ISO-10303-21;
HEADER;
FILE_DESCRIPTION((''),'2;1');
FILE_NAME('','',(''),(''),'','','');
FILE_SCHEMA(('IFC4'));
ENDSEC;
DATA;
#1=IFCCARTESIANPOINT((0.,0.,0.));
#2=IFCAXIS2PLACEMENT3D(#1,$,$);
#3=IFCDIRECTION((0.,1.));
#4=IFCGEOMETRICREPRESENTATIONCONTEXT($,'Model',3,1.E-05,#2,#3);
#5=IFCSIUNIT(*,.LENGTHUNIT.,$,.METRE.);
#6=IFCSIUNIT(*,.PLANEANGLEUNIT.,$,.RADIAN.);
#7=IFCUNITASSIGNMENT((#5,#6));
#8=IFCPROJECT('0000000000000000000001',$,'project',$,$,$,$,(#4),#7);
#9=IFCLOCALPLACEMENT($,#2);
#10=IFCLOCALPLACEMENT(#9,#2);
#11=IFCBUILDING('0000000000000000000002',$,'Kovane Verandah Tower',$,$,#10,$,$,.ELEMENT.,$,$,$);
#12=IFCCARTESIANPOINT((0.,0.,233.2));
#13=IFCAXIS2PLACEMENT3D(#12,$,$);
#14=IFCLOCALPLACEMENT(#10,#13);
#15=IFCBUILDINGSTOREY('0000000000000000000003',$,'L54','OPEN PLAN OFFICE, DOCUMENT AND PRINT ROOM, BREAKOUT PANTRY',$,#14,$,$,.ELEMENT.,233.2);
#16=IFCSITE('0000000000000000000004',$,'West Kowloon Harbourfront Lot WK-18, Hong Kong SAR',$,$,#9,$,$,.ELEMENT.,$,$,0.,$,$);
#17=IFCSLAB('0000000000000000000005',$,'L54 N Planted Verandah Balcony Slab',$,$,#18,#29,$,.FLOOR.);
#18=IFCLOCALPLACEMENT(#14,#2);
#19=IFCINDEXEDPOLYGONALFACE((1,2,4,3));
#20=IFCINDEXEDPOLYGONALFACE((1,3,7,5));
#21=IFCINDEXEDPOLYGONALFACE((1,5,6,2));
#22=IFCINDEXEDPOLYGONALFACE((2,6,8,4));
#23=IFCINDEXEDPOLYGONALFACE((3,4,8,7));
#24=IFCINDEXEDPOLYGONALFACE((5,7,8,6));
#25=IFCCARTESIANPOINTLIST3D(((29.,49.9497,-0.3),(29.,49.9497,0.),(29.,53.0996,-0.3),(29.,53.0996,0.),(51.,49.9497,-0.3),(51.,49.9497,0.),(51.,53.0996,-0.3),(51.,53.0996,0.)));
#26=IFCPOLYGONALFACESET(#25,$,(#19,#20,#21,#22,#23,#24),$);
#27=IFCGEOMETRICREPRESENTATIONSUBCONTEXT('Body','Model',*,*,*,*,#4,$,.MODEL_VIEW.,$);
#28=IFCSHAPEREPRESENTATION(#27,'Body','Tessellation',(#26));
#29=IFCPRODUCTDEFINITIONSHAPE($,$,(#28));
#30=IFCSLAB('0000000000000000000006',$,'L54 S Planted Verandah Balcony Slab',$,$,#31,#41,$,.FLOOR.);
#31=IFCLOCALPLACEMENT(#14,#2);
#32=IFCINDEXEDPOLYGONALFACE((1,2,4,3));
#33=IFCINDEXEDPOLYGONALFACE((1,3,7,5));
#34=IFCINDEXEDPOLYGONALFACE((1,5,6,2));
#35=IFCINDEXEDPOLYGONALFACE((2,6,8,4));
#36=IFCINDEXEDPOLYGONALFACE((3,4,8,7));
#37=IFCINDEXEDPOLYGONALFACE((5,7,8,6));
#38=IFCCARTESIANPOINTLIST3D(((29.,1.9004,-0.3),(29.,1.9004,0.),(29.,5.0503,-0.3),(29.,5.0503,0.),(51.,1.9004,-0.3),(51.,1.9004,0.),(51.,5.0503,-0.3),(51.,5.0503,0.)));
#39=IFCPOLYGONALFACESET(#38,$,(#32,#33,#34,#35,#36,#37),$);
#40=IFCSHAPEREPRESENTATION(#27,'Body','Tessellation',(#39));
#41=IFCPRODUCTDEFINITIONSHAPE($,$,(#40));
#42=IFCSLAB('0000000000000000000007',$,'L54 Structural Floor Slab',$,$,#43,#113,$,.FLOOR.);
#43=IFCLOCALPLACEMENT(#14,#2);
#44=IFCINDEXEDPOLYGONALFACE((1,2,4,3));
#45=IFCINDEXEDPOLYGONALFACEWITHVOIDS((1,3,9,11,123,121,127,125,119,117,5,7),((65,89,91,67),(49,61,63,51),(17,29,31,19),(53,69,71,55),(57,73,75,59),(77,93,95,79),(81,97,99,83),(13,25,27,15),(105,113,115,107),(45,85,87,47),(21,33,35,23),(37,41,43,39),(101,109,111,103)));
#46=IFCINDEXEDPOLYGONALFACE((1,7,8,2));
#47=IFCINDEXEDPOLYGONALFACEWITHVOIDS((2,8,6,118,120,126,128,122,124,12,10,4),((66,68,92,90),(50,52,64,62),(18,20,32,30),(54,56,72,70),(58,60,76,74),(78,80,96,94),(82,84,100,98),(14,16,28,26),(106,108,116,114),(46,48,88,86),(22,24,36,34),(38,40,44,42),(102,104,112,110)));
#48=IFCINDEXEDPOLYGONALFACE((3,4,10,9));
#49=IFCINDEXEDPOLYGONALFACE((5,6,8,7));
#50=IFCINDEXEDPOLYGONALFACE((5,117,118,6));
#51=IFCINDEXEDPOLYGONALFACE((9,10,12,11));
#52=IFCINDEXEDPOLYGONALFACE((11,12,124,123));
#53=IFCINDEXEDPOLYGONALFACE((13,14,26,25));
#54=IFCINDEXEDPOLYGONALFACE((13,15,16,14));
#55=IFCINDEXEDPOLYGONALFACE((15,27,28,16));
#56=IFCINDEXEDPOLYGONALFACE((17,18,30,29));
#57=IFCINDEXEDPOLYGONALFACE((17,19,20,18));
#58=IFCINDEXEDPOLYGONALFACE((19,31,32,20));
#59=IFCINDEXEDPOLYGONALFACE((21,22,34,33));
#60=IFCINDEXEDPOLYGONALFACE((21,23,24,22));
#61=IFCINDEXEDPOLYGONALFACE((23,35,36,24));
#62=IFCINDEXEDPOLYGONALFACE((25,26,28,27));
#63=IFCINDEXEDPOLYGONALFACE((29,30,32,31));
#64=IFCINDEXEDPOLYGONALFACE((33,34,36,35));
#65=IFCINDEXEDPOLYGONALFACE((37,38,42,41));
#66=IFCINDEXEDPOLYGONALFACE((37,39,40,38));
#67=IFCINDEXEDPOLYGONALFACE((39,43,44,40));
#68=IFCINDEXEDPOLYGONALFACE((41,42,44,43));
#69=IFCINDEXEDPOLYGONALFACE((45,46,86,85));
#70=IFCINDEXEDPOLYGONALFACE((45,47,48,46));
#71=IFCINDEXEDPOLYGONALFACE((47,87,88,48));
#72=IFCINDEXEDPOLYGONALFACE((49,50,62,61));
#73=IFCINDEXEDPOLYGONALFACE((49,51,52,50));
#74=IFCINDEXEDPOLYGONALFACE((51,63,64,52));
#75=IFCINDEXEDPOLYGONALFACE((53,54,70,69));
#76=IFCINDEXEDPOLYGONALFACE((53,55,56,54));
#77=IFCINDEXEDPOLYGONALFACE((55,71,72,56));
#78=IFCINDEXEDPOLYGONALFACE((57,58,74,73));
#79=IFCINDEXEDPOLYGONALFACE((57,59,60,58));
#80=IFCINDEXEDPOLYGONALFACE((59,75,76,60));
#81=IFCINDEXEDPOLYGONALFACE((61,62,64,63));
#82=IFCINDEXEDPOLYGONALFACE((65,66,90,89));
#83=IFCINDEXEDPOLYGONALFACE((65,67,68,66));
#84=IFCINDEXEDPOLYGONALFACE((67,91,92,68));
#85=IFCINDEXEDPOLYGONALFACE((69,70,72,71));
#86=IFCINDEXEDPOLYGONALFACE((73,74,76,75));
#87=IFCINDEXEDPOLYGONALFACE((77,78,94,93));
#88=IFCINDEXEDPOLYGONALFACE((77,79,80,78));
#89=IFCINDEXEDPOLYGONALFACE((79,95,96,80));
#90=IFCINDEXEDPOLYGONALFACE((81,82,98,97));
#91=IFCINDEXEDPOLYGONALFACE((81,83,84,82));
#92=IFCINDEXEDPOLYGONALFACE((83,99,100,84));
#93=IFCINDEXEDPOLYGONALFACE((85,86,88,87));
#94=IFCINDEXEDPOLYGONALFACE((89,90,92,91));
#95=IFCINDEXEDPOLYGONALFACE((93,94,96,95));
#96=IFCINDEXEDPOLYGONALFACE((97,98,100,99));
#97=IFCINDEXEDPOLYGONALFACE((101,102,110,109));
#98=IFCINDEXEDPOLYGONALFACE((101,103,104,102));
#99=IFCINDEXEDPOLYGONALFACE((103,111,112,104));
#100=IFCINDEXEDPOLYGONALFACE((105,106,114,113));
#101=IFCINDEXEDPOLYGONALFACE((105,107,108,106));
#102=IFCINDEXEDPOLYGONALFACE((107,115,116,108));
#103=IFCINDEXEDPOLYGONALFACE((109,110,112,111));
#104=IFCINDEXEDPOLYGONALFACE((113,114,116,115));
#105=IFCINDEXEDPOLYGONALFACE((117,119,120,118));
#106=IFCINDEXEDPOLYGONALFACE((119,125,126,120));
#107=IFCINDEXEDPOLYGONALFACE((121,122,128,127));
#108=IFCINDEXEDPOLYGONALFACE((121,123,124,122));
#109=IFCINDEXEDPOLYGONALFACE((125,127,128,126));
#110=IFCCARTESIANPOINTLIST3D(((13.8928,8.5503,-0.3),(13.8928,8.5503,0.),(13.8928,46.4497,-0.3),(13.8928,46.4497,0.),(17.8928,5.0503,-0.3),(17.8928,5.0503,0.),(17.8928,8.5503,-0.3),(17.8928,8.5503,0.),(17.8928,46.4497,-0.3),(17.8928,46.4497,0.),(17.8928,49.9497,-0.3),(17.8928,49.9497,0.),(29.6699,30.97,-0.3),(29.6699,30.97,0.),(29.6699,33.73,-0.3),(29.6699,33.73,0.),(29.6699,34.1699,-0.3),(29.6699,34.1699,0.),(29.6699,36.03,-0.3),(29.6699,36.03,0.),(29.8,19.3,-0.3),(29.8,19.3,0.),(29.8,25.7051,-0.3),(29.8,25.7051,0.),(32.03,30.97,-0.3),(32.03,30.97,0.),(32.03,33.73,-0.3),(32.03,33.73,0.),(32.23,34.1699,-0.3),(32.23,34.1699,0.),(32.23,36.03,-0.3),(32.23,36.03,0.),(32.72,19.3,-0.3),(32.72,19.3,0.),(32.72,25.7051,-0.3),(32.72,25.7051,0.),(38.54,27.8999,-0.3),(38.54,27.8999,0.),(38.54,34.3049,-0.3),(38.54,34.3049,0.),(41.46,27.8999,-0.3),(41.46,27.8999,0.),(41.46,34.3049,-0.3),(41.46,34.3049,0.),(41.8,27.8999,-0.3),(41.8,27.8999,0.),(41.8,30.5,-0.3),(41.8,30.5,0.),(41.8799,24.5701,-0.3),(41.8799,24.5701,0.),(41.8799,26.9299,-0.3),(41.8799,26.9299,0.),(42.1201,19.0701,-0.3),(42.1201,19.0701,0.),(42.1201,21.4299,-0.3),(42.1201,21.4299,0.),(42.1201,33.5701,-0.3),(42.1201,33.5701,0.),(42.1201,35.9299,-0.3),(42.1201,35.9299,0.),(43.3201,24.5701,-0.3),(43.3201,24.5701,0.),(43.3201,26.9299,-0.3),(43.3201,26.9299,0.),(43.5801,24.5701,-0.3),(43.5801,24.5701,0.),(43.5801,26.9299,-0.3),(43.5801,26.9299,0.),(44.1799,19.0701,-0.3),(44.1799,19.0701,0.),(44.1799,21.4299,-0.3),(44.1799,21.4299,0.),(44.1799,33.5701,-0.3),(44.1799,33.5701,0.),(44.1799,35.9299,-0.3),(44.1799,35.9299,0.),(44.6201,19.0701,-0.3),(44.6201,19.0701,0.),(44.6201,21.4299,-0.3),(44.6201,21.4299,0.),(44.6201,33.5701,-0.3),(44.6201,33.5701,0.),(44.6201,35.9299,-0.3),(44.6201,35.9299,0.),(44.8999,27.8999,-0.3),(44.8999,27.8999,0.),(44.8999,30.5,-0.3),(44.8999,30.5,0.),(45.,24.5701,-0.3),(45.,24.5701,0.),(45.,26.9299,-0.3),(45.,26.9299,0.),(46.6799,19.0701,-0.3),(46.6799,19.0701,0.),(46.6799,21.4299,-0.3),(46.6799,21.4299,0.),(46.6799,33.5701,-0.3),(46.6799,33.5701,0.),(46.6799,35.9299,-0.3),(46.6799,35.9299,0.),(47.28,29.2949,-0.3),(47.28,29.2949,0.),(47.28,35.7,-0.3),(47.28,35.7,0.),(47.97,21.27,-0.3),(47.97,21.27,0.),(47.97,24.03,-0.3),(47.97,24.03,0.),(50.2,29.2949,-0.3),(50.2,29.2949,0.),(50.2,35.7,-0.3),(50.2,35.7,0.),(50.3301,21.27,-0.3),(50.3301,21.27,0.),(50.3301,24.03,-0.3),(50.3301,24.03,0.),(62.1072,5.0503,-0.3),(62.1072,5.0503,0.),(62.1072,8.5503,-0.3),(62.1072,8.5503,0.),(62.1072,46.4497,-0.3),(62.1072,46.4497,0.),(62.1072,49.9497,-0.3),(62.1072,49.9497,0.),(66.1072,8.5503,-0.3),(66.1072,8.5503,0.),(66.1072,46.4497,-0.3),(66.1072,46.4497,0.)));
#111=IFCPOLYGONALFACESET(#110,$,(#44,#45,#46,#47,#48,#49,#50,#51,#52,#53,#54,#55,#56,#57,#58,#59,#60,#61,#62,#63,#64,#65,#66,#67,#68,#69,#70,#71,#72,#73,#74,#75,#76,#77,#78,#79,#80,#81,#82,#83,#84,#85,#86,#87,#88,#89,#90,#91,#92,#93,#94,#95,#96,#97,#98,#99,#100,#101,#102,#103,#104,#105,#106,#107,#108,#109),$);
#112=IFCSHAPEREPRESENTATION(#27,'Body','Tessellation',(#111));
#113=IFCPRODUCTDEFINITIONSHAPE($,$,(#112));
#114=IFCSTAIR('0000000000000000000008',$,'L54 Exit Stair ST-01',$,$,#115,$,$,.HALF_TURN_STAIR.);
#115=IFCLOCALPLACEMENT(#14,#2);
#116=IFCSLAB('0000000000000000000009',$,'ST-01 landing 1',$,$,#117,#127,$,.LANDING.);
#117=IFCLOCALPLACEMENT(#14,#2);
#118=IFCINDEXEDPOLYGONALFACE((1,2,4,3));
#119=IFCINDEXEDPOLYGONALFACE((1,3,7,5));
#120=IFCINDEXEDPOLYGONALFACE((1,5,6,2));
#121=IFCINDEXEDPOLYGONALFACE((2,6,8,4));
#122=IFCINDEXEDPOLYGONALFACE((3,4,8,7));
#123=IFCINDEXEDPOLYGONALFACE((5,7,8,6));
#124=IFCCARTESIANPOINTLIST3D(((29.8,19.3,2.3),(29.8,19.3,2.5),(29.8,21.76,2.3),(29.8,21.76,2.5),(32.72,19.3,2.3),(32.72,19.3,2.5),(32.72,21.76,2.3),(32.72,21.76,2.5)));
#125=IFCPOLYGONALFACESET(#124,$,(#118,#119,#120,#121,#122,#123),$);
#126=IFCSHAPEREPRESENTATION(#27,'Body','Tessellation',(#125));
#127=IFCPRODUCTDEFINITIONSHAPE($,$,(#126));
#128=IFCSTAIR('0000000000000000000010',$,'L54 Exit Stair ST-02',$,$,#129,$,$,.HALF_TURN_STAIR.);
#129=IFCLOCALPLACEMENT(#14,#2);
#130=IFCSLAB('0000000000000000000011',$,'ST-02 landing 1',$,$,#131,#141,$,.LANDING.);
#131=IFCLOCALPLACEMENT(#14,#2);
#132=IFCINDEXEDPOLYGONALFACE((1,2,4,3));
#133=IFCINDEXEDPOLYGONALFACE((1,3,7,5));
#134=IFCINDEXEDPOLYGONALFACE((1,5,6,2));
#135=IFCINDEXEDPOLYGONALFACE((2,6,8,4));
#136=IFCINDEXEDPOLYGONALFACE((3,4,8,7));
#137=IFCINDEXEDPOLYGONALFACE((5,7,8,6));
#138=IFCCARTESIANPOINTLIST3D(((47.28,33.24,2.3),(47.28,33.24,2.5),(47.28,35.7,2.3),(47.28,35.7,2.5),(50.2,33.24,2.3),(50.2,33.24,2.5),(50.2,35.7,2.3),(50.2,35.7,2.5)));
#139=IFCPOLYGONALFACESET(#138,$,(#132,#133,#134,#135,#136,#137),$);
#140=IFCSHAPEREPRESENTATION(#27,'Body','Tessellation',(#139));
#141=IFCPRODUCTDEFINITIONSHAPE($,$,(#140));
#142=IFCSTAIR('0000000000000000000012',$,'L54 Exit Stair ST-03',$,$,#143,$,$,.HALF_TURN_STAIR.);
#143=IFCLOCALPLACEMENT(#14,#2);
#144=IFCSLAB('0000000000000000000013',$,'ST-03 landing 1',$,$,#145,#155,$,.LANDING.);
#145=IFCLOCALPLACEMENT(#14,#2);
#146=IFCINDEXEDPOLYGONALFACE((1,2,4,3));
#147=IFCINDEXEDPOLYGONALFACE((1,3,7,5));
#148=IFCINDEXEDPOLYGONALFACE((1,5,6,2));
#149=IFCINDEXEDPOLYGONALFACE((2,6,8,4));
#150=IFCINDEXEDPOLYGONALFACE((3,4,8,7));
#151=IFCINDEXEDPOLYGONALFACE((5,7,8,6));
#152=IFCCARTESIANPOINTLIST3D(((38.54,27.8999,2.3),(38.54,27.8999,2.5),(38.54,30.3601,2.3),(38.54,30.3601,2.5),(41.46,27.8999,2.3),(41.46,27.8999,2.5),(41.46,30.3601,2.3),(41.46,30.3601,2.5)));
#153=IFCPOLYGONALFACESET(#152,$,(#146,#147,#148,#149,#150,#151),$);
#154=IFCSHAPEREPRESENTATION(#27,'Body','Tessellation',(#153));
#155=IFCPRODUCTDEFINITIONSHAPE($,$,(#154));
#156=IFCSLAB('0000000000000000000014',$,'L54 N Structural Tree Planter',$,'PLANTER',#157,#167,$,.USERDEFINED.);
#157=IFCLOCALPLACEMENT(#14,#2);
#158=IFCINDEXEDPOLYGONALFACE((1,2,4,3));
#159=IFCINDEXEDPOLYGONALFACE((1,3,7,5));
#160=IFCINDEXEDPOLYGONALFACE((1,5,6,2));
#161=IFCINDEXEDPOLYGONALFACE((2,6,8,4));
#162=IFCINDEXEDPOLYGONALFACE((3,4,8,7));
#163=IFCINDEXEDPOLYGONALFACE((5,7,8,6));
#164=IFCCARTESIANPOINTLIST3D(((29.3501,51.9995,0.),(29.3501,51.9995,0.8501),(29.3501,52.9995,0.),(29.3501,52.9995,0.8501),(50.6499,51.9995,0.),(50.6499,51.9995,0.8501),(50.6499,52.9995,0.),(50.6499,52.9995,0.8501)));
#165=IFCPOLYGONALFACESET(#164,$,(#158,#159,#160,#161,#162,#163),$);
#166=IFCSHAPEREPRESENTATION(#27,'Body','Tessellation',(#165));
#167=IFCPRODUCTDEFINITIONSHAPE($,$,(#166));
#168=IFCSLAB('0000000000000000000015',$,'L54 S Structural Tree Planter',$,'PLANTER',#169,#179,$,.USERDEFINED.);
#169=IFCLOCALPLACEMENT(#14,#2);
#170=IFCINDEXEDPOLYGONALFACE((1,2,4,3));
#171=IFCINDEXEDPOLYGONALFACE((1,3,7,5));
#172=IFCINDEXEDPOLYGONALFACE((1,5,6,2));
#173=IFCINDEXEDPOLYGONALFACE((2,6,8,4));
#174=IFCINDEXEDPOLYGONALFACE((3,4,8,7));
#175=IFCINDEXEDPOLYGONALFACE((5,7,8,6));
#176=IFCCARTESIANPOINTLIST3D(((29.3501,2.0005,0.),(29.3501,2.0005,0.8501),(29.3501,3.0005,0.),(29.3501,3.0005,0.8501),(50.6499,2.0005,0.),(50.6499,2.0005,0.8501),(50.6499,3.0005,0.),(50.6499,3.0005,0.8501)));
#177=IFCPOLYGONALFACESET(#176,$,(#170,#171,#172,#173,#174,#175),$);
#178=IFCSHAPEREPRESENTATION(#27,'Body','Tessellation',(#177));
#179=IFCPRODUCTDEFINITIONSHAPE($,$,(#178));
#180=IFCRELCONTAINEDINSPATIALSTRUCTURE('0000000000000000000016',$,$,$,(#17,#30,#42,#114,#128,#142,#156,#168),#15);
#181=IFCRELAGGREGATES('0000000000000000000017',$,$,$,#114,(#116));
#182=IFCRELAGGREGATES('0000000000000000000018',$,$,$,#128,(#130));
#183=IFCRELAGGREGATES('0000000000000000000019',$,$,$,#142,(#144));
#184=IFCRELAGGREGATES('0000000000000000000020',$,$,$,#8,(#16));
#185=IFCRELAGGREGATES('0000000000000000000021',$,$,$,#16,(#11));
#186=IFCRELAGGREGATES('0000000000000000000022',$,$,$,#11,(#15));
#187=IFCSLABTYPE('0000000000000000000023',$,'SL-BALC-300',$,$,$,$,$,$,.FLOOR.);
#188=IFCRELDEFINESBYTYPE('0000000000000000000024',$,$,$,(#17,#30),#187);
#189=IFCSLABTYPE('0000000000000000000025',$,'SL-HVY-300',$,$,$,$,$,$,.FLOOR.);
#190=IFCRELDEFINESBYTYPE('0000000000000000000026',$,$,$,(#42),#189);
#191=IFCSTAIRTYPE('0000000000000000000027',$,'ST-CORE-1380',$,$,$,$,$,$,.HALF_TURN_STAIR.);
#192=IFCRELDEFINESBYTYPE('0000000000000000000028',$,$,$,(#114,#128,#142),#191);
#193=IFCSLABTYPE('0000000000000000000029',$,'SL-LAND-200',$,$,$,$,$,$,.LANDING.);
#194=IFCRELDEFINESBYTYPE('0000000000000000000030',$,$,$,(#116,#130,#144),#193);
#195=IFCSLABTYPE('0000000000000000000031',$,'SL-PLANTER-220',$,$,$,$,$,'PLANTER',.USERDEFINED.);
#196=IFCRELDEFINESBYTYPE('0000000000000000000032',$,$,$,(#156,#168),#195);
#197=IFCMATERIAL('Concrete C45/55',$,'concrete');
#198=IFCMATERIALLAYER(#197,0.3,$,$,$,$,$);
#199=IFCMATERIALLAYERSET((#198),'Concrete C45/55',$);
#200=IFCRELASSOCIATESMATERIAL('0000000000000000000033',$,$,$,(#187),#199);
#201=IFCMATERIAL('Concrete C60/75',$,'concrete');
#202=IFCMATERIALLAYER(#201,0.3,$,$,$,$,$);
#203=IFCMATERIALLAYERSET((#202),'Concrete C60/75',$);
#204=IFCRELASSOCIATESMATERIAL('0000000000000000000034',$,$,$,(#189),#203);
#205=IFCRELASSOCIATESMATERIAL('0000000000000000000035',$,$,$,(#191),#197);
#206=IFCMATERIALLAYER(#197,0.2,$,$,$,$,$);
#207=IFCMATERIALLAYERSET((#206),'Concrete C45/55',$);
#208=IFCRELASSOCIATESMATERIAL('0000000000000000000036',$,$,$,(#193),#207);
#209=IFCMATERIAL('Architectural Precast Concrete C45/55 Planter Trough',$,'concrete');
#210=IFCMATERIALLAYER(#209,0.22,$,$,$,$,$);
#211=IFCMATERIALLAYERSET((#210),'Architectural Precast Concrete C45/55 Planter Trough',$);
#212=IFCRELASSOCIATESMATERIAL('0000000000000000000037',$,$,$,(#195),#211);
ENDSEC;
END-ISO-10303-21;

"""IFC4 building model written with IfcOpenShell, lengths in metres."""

from ifc_helpers import new_model, si_unit, direction, frame, origin, place, context, subcontext, project, spatial, polyline, outline, extrude, material, layer, layer_set, type_object, element, aggregate, save


model = new_model("IFC4")

# Units and contexts
model_context = context("Model", 3, precision=1e-05, world=origin(), true_north=direction((0.0, 1.0)))
body_context = subcontext(model_context, "Body", "Model", "MODEL_VIEW")
ifc_project = project(units=[si_unit("LENGTHUNIT", "METRE"), si_unit("PLANEANGLEUNIT", "RADIAN")], contexts=[model_context])

# Site, building, storey
site_placement = place(None, origin())
site = spatial("IfcSite", under=ifc_project, at=site_placement, Name="West Kowloon Harbourfront Lot WK-18, Hong Kong SAR", CompositionType="ELEMENT", RefElevation=0.0)
building_placement = place(site_placement, origin())
building = spatial("IfcBuilding", under=site, at=building_placement, Name="Kovane Verandah Tower", CompositionType="ELEMENT")
storey_placement = place(building_placement, frame((0.0, 0.0, 233.2)))
storey = spatial("IfcBuildingStorey", under=building, at=storey_placement, Name="L54", Description="OPEN PLAN OFFICE, DOCUMENT AND PRINT ROOM, BREAKOUT PANTRY", CompositionType="ELEMENT", Elevation=233.2)

# Slabs
ifc_material_1 = material(Name="Concrete C45/55", Category="concrete")
ifc_layer_1 = layer(ifc_material_1, 0.3)
ifc_layer_set_1 = layer_set([ifc_layer_1], Name="Concrete C45/55")
slab_type_1 = type_object("IfcSlabType", Name="SL-BALC-300", PredefinedType="FLOOR", material=ifc_layer_set_1)
slab_1_placement = place(storey_placement, frame((0.0, 0.0, -0.3)))
element("IfcSlab", 1, at=slab_1_placement, inside=storey, type_object=slab_type_1, Name="L54 N Planted Verandah Balcony Slab", PredefinedType="FLOOR", context=body_context, shape_type="SweptSolid", body=[
    extrude(outline(polyline([(29.0, 49.9497), (51.0, 49.9497), (51.0, 53.0996), (29.0, 53.0996), (29.0, 49.9497)])), origin(), (0.0, 0.0, 1.0), 0.3),
])
slab_2_placement = place(storey_placement, frame((0.0, 0.0, -0.3)))
element("IfcSlab", 2, at=slab_2_placement, inside=storey, type_object=slab_type_1, Name="L54 S Planted Verandah Balcony Slab", PredefinedType="FLOOR", context=body_context, shape_type="SweptSolid", body=[
    extrude(outline(polyline([(29.0, 1.9004), (51.0, 1.9004), (51.0, 5.0503), (29.0, 5.0503), (29.0, 1.9004)])), origin(), (0.0, 0.0, 1.0), 0.3),
])
ifc_material_2 = material(Name="Concrete C60/75", Category="concrete")
ifc_layer_2 = layer(ifc_material_2, 0.3)
ifc_layer_set_2 = layer_set([ifc_layer_2], Name="Concrete C60/75")
slab_type_2 = type_object("IfcSlabType", Name="SL-HVY-300", PredefinedType="FLOOR", material=ifc_layer_set_2)
slab_3_placement = place(storey_placement, frame((0.0, 0.0, -0.3)))
element("IfcSlab", 3, at=slab_3_placement, inside=storey, type_object=slab_type_2, Name="L54 Structural Floor Slab", PredefinedType="FLOOR", context=body_context, shape_type="SweptSolid", body=[
    extrude(outline(polyline([(17.8928, 5.0503), (62.1072, 5.0503), (62.1072, 8.5503), (66.1072, 8.5503), (66.1072, 46.4497), (62.1072, 46.4497), (62.1072, 49.9497), (17.8928, 49.9497), (17.8928, 46.4497), (13.8928, 46.4497), (13.8928, 8.5503), (17.8928, 8.5503), (17.8928, 5.0503)]), holes=[polyline([(29.8, 19.3), (32.72, 19.3), (32.72, 25.7051), (29.8, 25.7051), (29.8, 19.3)]), polyline([(47.28, 29.2949), (50.2, 29.2949), (50.2, 35.7), (47.28, 35.7), (47.28, 29.2949)]), polyline([(38.54, 27.8999), (41.46, 27.8999), (41.46, 34.3049), (38.54, 34.3049), (38.54, 27.8999)]), polyline([(29.6699, 30.97), (32.03, 30.97), (32.03, 33.73), (29.6699, 33.73), (29.6699, 30.97)]), polyline([(47.97, 21.27), (50.3301, 21.27), (50.3301, 24.03), (47.97, 24.03), (47.97, 21.27)]), polyline([(29.6699, 34.1699), (32.23, 34.1699), (32.23, 36.03), (29.6699, 36.03), (29.6699, 34.1699)]), polyline([(42.1201, 19.0701), (44.1799, 19.0701), (44.1799, 21.4299), (42.1201, 21.4299), (42.1201, 19.0701)]), polyline([(44.6201, 19.0701), (46.6799, 19.0701), (46.6799, 21.4299), (44.6201, 21.4299), (44.6201, 19.0701)]), polyline([(41.8799, 24.5701), (43.3201, 24.5701), (43.3201, 26.9299), (41.8799, 26.9299), (41.8799, 24.5701)]), polyline([(43.5801, 24.5701), (45.0, 24.5701), (45.0, 26.9299), (43.5801, 26.9299), (43.5801, 24.5701)]), polyline([(42.1201, 33.5701), (44.1799, 33.5701), (44.1799, 35.9299), (42.1201, 35.9299), (42.1201, 33.5701)]), polyline([(44.6201, 33.5701), (46.6799, 33.5701), (46.6799, 35.9299), (44.6201, 35.9299), (44.6201, 33.5701)]), polyline([(41.8, 27.8999), (44.8999, 27.8999), (44.8999, 30.5), (41.8, 30.5), (41.8, 27.8999)])]), origin(), (0.0, 0.0, 1.0), 0.3),
])

# Stairs, slabs
stair_type = type_object("IfcStairType", Name="ST-CORE-1380", PredefinedType="HALF_TURN_STAIR", material=ifc_material_1)
stair_1_placement = place(storey_placement, origin())
stair_1 = element("IfcStair", 4, at=stair_1_placement, inside=storey, type_object=stair_type, Name="L54 Exit Stair ST-01", PredefinedType="HALF_TURN_STAIR")
ifc_layer_3 = layer(ifc_material_1, 0.2)
ifc_layer_set_3 = layer_set([ifc_layer_3], Name="Concrete C45/55")
slab_type_3 = type_object("IfcSlabType", Name="SL-LAND-200", PredefinedType="LANDING", material=ifc_layer_set_3)
slab_4_placement = place(storey_placement, frame((0.0, 0.0, 2.3)))
slab_4 = element("IfcSlab", 5, at=slab_4_placement, type_object=slab_type_3, Name="ST-01 landing 1", PredefinedType="LANDING", context=body_context, shape_type="SweptSolid", body=[
    extrude(outline(polyline([(29.8, 21.76), (29.8, 19.3), (32.72, 19.3), (32.72, 21.76), (29.8, 21.76)])), origin(), (0.0, 0.0, 1.0), 0.2),
])
aggregate(stair_1, [slab_4])
stair_2_placement = place(storey_placement, origin())
stair_2 = element("IfcStair", 6, at=stair_2_placement, inside=storey, type_object=stair_type, Name="L54 Exit Stair ST-02", PredefinedType="HALF_TURN_STAIR")
slab_5_placement = place(storey_placement, frame((0.0, 0.0, 2.3)))
slab_5 = element("IfcSlab", 7, at=slab_5_placement, type_object=slab_type_3, Name="ST-02 landing 1", PredefinedType="LANDING", context=body_context, shape_type="SweptSolid", body=[
    extrude(outline(polyline([(50.2, 33.24), (50.2, 35.7), (47.28, 35.7), (47.28, 33.24), (50.2, 33.24)])), origin(), (0.0, 0.0, 1.0), 0.2),
])
aggregate(stair_2, [slab_5])
stair_3_placement = place(storey_placement, origin())
stair_3 = element("IfcStair", 8, at=stair_3_placement, inside=storey, type_object=stair_type, Name="L54 Exit Stair ST-03", PredefinedType="HALF_TURN_STAIR")
slab_6_placement = place(storey_placement, frame((0.0, 0.0, 2.3)))
slab_6 = element("IfcSlab", 9, at=slab_6_placement, type_object=slab_type_3, Name="ST-03 landing 1", PredefinedType="LANDING", context=body_context, shape_type="SweptSolid", body=[
    extrude(outline(polyline([(38.54, 30.3601), (38.54, 27.8999), (41.46, 27.8999), (41.46, 30.3601), (38.54, 30.3601)])), origin(), (0.0, 0.0, 1.0), 0.2),
])
aggregate(stair_3, [slab_6])

# Slabs
ifc_material_3 = material(Name="Architectural Precast Concrete C45/55 Planter Trough", Category="concrete")
ifc_layer_4 = layer(ifc_material_3, 0.22)
ifc_layer_set_4 = layer_set([ifc_layer_4], Name="Architectural Precast Concrete C45/55 Planter Trough")
slab_type_4 = type_object("IfcSlabType", Name="SL-PLANTER-220", ElementType="PLANTER", PredefinedType="USERDEFINED", material=ifc_layer_set_4)
slab_7_placement = place(storey_placement, origin())
element("IfcSlab", 10, at=slab_7_placement, inside=storey, type_object=slab_type_4, Name="L54 N Structural Tree Planter", ObjectType="PLANTER", PredefinedType="USERDEFINED", context=body_context, shape_type="SweptSolid", body=[
    extrude(outline(polyline([(29.3501, 51.9995), (50.6499, 51.9995), (50.6499, 52.9995), (29.3501, 52.9995), (29.3501, 51.9995)])), origin(), (0.0, 0.0, 1.0), 0.8501),
])
slab_8_placement = place(storey_placement, origin())
element("IfcSlab", 11, at=slab_8_placement, inside=storey, type_object=slab_type_4, Name="L54 S Structural Tree Planter", ObjectType="PLANTER", PredefinedType="USERDEFINED", context=body_context, shape_type="SweptSolid", body=[
    extrude(outline(polyline([(29.3501, 2.0005), (50.6499, 2.0005), (50.6499, 3.0005), (29.3501, 3.0005), (29.3501, 2.0005)])), origin(), (0.0, 0.0, 1.0), 0.8501),
])

save(model, "model.ifc")
